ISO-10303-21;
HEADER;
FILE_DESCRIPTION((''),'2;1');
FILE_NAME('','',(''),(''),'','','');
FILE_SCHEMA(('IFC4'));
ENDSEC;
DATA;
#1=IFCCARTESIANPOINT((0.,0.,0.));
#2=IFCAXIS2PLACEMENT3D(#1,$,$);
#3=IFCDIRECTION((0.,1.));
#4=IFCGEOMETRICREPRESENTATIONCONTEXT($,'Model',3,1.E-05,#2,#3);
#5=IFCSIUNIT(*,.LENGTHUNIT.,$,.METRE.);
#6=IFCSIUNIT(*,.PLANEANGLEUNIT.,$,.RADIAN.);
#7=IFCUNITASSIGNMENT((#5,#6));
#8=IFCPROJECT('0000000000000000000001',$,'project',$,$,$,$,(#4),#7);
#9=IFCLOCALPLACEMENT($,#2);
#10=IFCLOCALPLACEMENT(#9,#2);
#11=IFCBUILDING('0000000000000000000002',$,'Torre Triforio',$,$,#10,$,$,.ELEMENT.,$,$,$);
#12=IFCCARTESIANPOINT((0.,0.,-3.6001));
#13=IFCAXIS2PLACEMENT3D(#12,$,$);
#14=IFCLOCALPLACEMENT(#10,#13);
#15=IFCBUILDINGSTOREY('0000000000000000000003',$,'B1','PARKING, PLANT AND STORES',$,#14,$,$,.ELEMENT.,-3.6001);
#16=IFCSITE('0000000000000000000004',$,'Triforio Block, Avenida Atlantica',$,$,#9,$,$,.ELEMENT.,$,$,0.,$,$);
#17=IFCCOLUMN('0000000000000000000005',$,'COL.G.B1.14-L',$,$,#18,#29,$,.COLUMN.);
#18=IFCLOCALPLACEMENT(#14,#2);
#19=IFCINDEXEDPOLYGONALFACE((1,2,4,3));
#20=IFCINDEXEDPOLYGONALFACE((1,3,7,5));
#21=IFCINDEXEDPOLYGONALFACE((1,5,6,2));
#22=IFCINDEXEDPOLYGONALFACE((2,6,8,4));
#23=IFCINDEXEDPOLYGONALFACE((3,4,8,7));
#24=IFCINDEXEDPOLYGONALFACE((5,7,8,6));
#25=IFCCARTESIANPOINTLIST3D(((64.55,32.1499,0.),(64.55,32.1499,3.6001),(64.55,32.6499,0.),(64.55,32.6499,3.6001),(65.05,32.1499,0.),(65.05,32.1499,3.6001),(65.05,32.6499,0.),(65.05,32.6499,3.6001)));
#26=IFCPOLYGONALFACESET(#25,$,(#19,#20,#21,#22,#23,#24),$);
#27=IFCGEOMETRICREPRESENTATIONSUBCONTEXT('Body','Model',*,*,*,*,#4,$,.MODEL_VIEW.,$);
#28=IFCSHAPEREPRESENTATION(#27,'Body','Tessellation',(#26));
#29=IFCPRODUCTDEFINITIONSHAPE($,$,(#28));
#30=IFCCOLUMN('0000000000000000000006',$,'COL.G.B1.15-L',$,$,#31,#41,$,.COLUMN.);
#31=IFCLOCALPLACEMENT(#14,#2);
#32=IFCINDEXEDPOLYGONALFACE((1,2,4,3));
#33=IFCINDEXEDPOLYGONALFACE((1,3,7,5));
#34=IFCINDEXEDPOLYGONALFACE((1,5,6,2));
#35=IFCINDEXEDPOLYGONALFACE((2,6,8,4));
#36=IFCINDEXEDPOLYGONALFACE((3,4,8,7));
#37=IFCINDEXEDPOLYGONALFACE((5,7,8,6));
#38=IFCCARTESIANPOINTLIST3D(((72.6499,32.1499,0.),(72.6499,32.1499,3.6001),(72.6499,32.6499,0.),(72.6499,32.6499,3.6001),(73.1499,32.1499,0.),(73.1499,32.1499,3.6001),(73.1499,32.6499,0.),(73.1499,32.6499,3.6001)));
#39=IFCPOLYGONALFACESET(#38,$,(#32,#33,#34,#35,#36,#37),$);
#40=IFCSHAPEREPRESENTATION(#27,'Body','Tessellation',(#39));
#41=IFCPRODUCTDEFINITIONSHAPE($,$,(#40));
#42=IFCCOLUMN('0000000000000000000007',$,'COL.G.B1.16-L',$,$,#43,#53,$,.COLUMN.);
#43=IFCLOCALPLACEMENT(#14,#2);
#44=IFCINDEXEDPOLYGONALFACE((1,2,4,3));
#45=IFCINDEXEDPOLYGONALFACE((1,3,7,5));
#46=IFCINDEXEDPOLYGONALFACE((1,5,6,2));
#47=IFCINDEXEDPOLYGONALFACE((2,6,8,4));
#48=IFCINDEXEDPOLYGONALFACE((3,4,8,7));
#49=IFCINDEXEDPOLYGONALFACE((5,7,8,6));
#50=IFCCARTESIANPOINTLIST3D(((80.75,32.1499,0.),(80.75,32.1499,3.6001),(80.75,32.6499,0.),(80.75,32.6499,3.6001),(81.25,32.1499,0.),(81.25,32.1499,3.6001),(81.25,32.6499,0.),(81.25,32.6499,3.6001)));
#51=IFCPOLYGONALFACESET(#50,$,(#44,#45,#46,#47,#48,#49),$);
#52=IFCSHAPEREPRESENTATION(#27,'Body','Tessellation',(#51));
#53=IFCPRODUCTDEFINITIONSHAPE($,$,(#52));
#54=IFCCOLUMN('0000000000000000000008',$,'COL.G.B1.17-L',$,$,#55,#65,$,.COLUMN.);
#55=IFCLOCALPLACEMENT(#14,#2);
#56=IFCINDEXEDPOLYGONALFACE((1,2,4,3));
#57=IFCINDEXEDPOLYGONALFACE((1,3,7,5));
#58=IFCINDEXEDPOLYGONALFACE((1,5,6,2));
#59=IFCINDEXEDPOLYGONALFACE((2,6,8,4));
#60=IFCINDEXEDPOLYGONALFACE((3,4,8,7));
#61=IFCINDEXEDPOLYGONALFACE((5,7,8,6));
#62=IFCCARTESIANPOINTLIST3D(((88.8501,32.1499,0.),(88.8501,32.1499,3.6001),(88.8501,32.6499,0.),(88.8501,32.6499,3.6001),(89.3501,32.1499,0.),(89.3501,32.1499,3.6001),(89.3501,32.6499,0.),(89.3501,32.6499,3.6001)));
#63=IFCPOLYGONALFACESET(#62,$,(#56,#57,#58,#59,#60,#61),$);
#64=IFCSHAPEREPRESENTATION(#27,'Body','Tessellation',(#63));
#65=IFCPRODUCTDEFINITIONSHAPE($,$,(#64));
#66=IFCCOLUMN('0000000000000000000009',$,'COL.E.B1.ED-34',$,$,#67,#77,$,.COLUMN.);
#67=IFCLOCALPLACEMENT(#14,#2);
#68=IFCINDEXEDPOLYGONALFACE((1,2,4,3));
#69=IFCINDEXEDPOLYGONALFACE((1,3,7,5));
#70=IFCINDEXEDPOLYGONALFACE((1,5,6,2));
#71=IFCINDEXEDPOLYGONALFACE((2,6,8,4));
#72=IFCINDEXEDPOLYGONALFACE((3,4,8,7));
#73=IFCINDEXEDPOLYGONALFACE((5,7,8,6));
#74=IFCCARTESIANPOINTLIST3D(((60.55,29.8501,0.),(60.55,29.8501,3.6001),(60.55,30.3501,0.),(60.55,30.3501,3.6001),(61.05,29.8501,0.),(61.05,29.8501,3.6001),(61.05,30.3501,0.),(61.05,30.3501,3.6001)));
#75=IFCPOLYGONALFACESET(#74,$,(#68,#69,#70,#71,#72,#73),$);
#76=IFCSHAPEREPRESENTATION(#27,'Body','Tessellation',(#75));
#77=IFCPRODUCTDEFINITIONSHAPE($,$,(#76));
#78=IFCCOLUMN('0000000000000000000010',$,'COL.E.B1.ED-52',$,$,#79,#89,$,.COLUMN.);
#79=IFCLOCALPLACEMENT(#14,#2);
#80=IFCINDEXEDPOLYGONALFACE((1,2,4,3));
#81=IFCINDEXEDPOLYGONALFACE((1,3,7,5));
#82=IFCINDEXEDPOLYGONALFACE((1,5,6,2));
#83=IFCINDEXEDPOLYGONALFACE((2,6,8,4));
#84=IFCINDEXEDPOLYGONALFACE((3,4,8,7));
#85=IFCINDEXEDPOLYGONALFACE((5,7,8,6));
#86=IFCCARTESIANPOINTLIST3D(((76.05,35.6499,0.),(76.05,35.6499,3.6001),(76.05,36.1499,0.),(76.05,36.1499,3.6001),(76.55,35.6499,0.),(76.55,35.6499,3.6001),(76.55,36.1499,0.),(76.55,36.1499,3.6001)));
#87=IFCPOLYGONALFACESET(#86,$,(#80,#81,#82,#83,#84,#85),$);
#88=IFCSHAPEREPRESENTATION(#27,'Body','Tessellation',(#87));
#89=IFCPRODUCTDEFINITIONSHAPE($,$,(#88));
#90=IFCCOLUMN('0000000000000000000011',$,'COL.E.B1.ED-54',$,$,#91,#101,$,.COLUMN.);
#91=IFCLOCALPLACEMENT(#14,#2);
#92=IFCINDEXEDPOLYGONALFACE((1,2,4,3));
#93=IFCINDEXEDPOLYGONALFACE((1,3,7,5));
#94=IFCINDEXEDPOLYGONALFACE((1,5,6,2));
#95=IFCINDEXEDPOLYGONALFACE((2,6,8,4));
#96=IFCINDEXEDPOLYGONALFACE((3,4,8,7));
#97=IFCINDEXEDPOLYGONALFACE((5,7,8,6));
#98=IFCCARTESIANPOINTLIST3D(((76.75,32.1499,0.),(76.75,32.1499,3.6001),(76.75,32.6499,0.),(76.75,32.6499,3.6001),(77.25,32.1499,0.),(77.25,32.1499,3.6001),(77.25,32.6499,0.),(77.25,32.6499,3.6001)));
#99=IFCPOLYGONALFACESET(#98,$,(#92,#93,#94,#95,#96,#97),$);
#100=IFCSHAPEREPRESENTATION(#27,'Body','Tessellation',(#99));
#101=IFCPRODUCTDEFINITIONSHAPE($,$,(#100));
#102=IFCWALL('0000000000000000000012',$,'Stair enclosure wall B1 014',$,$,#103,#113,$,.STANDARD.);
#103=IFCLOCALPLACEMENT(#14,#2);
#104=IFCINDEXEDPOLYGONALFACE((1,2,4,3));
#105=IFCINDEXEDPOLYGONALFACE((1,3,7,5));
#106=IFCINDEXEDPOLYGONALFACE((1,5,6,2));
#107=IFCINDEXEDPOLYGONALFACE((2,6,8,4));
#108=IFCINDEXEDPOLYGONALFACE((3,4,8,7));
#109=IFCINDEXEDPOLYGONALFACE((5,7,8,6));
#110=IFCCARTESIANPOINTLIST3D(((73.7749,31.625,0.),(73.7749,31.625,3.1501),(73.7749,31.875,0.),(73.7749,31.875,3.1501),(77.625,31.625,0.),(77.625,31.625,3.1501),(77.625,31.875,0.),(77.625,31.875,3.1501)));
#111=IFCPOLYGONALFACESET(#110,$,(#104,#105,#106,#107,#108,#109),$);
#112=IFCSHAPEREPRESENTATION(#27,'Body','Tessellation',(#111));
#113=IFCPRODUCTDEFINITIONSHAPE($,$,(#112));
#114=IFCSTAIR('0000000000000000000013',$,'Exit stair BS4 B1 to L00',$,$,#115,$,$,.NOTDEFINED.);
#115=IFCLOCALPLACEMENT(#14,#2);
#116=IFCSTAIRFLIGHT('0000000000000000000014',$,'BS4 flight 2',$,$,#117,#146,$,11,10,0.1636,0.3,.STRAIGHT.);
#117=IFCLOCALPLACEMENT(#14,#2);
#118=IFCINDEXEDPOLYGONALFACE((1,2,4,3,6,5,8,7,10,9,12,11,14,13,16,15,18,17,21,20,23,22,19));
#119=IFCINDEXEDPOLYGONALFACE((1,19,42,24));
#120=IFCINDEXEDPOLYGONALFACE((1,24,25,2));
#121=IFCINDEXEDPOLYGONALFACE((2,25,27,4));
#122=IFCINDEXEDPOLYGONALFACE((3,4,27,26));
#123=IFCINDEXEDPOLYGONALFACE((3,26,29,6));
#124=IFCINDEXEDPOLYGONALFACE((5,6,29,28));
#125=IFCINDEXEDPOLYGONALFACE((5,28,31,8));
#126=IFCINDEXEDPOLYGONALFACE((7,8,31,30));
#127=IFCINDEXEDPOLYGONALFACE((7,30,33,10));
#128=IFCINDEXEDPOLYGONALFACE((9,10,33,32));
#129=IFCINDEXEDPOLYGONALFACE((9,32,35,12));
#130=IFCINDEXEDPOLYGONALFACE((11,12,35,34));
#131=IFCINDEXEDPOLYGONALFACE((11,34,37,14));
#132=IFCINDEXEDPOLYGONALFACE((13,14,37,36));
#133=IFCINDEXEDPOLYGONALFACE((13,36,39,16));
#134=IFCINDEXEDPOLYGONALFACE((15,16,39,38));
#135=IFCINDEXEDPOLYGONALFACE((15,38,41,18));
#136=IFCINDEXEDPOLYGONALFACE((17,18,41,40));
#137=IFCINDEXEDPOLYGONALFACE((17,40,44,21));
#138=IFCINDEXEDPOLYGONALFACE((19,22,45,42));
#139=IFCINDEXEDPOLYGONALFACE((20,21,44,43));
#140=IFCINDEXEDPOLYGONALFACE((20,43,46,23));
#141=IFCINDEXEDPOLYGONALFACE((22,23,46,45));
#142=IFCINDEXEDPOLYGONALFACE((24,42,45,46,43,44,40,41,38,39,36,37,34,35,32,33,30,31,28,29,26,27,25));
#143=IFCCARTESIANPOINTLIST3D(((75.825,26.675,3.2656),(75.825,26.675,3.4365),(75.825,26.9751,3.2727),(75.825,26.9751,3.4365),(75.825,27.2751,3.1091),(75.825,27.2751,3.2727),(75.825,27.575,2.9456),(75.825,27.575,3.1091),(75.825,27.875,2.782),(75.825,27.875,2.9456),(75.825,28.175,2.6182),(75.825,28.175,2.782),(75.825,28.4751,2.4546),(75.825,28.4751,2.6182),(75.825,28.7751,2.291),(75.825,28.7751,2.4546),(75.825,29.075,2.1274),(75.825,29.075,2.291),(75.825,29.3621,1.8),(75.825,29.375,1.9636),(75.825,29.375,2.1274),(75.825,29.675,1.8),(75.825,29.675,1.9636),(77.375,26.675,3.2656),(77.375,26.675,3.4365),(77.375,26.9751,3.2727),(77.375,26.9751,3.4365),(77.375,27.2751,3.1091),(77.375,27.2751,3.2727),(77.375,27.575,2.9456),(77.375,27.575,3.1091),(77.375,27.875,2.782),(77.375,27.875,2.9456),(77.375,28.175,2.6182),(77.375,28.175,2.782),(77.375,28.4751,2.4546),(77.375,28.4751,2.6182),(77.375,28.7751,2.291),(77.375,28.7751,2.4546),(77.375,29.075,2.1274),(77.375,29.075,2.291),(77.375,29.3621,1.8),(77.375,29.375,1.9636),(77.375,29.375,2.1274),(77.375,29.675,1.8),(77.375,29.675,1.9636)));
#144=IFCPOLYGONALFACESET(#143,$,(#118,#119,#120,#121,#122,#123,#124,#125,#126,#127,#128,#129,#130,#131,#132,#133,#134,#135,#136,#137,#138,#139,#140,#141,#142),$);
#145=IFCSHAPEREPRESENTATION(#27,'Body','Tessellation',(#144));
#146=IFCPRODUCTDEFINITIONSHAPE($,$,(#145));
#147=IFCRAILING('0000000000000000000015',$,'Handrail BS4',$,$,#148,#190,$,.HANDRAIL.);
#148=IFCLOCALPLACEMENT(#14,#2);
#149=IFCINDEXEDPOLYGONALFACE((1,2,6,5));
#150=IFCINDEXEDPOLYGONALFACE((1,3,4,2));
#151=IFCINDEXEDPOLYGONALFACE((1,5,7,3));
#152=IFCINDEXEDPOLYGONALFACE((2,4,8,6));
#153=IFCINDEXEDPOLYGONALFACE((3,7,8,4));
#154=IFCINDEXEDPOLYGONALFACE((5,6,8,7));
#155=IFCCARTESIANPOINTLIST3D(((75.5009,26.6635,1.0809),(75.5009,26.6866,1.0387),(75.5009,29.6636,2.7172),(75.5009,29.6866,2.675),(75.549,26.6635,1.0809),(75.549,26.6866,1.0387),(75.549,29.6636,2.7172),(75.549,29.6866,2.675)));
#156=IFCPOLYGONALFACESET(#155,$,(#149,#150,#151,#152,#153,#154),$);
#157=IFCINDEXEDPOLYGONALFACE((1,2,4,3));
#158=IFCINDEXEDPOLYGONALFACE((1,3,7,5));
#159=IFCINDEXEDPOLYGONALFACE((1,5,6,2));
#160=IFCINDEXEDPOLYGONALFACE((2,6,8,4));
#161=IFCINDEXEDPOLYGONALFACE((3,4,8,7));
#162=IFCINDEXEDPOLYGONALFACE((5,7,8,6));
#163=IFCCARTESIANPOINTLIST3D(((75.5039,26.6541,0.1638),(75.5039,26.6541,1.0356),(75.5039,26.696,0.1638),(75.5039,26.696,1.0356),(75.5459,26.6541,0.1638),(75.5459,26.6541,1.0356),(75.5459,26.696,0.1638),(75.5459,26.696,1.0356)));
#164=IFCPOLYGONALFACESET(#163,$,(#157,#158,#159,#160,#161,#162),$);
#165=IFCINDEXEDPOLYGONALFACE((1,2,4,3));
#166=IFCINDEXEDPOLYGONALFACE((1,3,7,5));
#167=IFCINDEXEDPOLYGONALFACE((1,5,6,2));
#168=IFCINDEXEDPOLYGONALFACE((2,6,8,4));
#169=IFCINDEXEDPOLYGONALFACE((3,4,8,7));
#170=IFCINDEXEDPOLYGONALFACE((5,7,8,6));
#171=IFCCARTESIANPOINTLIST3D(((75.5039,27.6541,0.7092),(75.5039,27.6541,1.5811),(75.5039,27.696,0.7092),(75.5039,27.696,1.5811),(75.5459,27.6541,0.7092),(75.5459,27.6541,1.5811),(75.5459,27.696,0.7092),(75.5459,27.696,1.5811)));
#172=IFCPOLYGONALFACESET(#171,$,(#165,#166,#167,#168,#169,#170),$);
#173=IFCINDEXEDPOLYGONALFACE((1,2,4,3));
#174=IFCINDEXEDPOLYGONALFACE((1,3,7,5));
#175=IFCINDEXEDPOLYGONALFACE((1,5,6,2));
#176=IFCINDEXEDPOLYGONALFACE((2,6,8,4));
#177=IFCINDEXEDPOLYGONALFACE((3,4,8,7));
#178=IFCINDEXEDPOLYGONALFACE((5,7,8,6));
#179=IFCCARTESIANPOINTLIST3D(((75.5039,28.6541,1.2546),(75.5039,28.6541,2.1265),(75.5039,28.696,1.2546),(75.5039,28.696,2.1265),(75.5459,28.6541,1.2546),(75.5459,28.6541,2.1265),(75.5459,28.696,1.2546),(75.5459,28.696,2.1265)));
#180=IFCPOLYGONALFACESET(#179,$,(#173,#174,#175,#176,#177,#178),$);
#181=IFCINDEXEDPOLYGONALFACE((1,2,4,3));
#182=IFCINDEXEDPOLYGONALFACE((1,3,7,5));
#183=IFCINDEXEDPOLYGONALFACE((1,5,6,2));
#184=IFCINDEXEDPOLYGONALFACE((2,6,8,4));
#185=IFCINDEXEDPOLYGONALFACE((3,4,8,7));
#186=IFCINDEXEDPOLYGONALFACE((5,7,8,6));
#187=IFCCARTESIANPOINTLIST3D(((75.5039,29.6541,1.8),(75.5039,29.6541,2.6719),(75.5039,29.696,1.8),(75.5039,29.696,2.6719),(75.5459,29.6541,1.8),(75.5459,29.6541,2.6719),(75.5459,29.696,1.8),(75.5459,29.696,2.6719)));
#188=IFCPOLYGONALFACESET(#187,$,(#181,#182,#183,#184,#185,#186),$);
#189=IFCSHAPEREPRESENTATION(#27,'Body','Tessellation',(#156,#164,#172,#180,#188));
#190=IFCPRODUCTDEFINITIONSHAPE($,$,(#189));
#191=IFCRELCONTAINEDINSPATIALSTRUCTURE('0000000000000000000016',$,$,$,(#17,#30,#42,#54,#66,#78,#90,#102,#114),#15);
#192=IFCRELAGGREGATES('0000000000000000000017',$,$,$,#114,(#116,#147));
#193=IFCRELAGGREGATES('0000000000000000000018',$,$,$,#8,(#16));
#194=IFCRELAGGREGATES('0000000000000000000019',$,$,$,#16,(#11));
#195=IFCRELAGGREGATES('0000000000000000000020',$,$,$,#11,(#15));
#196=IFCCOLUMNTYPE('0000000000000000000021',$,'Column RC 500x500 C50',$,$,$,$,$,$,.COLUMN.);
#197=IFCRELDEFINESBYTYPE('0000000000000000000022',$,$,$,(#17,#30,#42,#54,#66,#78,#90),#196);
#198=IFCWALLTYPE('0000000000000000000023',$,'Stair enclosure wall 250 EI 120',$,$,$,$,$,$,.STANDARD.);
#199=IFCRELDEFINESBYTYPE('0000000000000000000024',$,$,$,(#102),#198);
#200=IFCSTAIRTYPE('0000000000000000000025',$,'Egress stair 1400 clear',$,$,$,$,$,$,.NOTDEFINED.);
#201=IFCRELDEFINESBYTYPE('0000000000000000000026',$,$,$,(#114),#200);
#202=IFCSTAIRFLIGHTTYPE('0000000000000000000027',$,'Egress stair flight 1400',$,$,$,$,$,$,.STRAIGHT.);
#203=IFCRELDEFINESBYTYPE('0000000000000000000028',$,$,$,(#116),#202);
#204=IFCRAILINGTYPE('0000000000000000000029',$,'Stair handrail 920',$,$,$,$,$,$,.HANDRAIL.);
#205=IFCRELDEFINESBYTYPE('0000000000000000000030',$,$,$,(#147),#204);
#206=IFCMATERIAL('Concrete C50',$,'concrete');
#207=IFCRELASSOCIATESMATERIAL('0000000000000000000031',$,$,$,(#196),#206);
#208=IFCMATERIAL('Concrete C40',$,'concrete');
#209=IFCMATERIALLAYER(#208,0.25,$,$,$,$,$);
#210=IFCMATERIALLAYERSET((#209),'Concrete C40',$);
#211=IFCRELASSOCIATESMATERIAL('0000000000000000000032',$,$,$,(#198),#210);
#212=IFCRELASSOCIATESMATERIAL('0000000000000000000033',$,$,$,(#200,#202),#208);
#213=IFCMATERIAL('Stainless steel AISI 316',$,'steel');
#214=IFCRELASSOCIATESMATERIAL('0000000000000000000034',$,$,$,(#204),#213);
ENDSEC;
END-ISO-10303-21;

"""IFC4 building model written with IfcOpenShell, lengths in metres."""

from ifc_helpers import new_model, si_unit, direction, frame, frame_2d, origin, origin_2d, place, context, subcontext, project, spatial, polyline, rectangle, outline, extrude, material, layer, layer_set, material_profile, profile_set, type_object, element, aggregate, save


model = new_model("IFC4")

# Units and contexts
model_context = context("Model", 3, precision=1e-05, world=origin(), true_north=direction((0.0, 1.0)))
body_context = subcontext(model_context, "Body", "Model", "MODEL_VIEW")
ifc_project = project(units=[si_unit("LENGTHUNIT", "METRE"), si_unit("PLANEANGLEUNIT", "RADIAN")], contexts=[model_context])

# Site, building, storey
site_placement = place(None, origin())
site = spatial("IfcSite", under=ifc_project, at=site_placement, Name="Triforio Block, Avenida Atlantica", CompositionType="ELEMENT", RefElevation=0.0)
building_placement = place(site_placement, origin())
building = spatial("IfcBuilding", under=site, at=building_placement, Name="Torre Triforio", CompositionType="ELEMENT")
storey_placement = place(building_placement, frame((0.0, 0.0, -3.6001)))
storey = spatial("IfcBuildingStorey", under=building, at=storey_placement, Name="B1", Description="PARKING, PLANT AND STORES", CompositionType="ELEMENT", Elevation=-3.6001)

# Columns
ifc_material_1 = material(Name="Concrete C50", Category="concrete")
ifc_material_profile = material_profile(ifc_material_1, rectangle(XDim=0.5, YDim=0.5, at=origin_2d()), Name="RC 500x500")
ifc_profile_set = profile_set([ifc_material_profile], Name="Concrete C50")
column_type = type_object("IfcColumnType", Name="Column RC 500x500 C50", PredefinedType="COLUMN", material=ifc_profile_set)
for number, where, z_axis, x_axis, name in (
    (1, (64.8, 32.3999, 0.0), (0.0, 0.0, 1.0), (1.0, 0.0, 0.0), "COL.G.B1.14-L"),
    (2, (72.8999, 32.3999, 0.0), (0.0, 0.0, 1.0), (1.0, 0.0, 0.0), "COL.G.B1.15-L"),
    (3, (81.0, 32.3999, 0.0), (0.0, 0.0, 1.0), (1.0, 0.0, 0.0), "COL.G.B1.16-L"),
    (4, (89.1001, 32.3999, 0.0), (0.0, 0.0, 1.0), (1.0, 0.0, 0.0), "COL.G.B1.17-L"),
    (5, (60.8, 30.1001, 0.0), (0.0, 0.0, 1.0), (1.0, 0.0, 0.0), "COL.E.B1.ED-34"),
    (6, (76.3, 35.8999, 0.0), (0.0, 0.0, 1.0), (1.0, 0.0, 0.0), "COL.E.B1.ED-52"),
    (7, (77.0, 32.3999, 0.0), (0.0, 0.0, 1.0), (1.0, 0.0, 0.0), "COL.E.B1.ED-54"),
):
    element("IfcColumn", number, at=place(storey_placement, frame(where, z_axis=z_axis, x_axis=x_axis)), inside=storey, type_object=column_type, Name=name, PredefinedType="COLUMN", context=body_context, shape_type="SweptSolid", body=[
        extrude(rectangle(XDim=0.5, YDim=0.5, at=origin_2d()), origin(), (0.0, 0.0, 1.0), 3.6001),
    ])

# Wall
ifc_material_2 = material(Name="Concrete C40", Category="concrete")
ifc_layer = layer(ifc_material_2, 0.25)
ifc_layer_set = layer_set([ifc_layer], Name="Concrete C40")
wall_type = type_object("IfcWallType", Name="Stair enclosure wall 250 EI 120", PredefinedType="STANDARD", material=ifc_layer_set)
wall_placement = place(storey_placement, frame((73.7749, 31.75, 0.0), z_axis=(0.0, 0.0, 1.0), x_axis=(1.0, 0.0, 0.0)))
element("IfcWall", 8, at=wall_placement, inside=storey, type_object=wall_type, Name="Stair enclosure wall B1 014", PredefinedType="STANDARD", context=body_context, shape_type="SweptSolid", body=[
    extrude(rectangle(XDim=3.8501, YDim=0.25, at=frame_2d((1.925, 0.0))), origin(), (0.0, 0.0, 1.0), 3.1501),
])

# Stair, stair flight, railing
stair_type = type_object("IfcStairType", Name="Egress stair 1400 clear", PredefinedType="NOTDEFINED", material=ifc_material_2)
stair_placement = place(storey_placement, origin())
stair = element("IfcStair", 9, at=stair_placement, inside=storey, type_object=stair_type, Name="Exit stair BS4 B1 to L00", PredefinedType="NOTDEFINED")
stair_flight_type = type_object("IfcStairFlightType", Name="Egress stair flight 1400", PredefinedType="STRAIGHT", material=ifc_material_2)
stair_flight_placement = place(storey_placement, frame((76.6001, 29.675, 1.8), z_axis=(0.0, 0.0, 1.0), x_axis=(0.0, -1.0, 0.0)))
stair_flight = element("IfcStairFlight", 10, at=stair_flight_placement, type_object=stair_flight_type, Name="BS4 flight 2", NumberOfRisers=11, NumberOfTreads=10, PredefinedType="STRAIGHT", RiserHeight=0.1636, TreadLength=0.3, context=body_context, shape_type="SweptSolid", body=[
    extrude(outline(polyline([(0.0, 0.0), (0.0, 0.1636), (0.3, 0.1636), (0.3, 0.3274), (0.6001, 0.3274), (0.6001, 0.491), (0.8999, 0.491), (0.8999, 0.6545), (1.2, 0.6545), (1.2, 0.8181), (1.5, 0.8181), (1.5, 0.9819), (1.8, 0.9819), (1.8, 1.1455), (2.1001, 1.1455), (2.1001, 1.3091), (2.3999, 1.3091), (2.3999, 1.4727), (2.7, 1.4727), (2.7, 1.6365), (3.0, 1.6365), (3.0, 1.8), (3.0, 1.4656), (0.313, 0.0), (0.0, 0.0)])), frame((0.0, 0.7749, 0.0), z_axis=(0.0, -1.0, 0.0), x_axis=(1.0, 0.0, 0.0)), (0.0, 0.0, 1.0), 1.55),
])
ifc_material_3 = material(Name="Stainless steel AISI 316", Category="steel")
railing_type = type_object("IfcRailingType", Name="Stair handrail 920", PredefinedType="HANDRAIL", material=ifc_material_3)
railing_1_placement = place(storey_placement, frame((75.5249, 26.675, 0.1638)))
railing_1 = element("IfcRailing", 11, at=railing_1_placement, type_object=railing_type, Name="Handrail BS4", PredefinedType="HANDRAIL", context=body_context, shape_type="SweptSolid", body=[
    extrude(rectangle(XDim=0.0481, YDim=0.0481, at=origin_2d()), frame((0.0, 0.0, 0.896), z_axis=(0.0, 0.877912, 0.478822), x_axis=(-1.0, 0.0, 0.0)), (0.0, 0.0, 1.0), 3.4172),
    extrude(rectangle(XDim=0.042, YDim=0.042, at=origin_2d()), origin(), (0.0, 0.0, 1.0), 0.8718),
    extrude(rectangle(XDim=0.042, YDim=0.042, at=origin_2d()), frame((0.0, 1.0, 0.5454)), (0.0, 0.0, 1.0), 0.8718),
    extrude(rectangle(XDim=0.042, YDim=0.042, at=origin_2d()), frame((0.0, 2.0, 1.0908)), (0.0, 0.0, 1.0), 0.8718),
    extrude(rectangle(XDim=0.042, YDim=0.042, at=origin_2d()), frame((0.0, 3.0, 1.6362)), (0.0, 0.0, 1.0), 0.8718),
])
aggregate(stair, [stair_flight, railing_1])

save(model, "model.ifc")
